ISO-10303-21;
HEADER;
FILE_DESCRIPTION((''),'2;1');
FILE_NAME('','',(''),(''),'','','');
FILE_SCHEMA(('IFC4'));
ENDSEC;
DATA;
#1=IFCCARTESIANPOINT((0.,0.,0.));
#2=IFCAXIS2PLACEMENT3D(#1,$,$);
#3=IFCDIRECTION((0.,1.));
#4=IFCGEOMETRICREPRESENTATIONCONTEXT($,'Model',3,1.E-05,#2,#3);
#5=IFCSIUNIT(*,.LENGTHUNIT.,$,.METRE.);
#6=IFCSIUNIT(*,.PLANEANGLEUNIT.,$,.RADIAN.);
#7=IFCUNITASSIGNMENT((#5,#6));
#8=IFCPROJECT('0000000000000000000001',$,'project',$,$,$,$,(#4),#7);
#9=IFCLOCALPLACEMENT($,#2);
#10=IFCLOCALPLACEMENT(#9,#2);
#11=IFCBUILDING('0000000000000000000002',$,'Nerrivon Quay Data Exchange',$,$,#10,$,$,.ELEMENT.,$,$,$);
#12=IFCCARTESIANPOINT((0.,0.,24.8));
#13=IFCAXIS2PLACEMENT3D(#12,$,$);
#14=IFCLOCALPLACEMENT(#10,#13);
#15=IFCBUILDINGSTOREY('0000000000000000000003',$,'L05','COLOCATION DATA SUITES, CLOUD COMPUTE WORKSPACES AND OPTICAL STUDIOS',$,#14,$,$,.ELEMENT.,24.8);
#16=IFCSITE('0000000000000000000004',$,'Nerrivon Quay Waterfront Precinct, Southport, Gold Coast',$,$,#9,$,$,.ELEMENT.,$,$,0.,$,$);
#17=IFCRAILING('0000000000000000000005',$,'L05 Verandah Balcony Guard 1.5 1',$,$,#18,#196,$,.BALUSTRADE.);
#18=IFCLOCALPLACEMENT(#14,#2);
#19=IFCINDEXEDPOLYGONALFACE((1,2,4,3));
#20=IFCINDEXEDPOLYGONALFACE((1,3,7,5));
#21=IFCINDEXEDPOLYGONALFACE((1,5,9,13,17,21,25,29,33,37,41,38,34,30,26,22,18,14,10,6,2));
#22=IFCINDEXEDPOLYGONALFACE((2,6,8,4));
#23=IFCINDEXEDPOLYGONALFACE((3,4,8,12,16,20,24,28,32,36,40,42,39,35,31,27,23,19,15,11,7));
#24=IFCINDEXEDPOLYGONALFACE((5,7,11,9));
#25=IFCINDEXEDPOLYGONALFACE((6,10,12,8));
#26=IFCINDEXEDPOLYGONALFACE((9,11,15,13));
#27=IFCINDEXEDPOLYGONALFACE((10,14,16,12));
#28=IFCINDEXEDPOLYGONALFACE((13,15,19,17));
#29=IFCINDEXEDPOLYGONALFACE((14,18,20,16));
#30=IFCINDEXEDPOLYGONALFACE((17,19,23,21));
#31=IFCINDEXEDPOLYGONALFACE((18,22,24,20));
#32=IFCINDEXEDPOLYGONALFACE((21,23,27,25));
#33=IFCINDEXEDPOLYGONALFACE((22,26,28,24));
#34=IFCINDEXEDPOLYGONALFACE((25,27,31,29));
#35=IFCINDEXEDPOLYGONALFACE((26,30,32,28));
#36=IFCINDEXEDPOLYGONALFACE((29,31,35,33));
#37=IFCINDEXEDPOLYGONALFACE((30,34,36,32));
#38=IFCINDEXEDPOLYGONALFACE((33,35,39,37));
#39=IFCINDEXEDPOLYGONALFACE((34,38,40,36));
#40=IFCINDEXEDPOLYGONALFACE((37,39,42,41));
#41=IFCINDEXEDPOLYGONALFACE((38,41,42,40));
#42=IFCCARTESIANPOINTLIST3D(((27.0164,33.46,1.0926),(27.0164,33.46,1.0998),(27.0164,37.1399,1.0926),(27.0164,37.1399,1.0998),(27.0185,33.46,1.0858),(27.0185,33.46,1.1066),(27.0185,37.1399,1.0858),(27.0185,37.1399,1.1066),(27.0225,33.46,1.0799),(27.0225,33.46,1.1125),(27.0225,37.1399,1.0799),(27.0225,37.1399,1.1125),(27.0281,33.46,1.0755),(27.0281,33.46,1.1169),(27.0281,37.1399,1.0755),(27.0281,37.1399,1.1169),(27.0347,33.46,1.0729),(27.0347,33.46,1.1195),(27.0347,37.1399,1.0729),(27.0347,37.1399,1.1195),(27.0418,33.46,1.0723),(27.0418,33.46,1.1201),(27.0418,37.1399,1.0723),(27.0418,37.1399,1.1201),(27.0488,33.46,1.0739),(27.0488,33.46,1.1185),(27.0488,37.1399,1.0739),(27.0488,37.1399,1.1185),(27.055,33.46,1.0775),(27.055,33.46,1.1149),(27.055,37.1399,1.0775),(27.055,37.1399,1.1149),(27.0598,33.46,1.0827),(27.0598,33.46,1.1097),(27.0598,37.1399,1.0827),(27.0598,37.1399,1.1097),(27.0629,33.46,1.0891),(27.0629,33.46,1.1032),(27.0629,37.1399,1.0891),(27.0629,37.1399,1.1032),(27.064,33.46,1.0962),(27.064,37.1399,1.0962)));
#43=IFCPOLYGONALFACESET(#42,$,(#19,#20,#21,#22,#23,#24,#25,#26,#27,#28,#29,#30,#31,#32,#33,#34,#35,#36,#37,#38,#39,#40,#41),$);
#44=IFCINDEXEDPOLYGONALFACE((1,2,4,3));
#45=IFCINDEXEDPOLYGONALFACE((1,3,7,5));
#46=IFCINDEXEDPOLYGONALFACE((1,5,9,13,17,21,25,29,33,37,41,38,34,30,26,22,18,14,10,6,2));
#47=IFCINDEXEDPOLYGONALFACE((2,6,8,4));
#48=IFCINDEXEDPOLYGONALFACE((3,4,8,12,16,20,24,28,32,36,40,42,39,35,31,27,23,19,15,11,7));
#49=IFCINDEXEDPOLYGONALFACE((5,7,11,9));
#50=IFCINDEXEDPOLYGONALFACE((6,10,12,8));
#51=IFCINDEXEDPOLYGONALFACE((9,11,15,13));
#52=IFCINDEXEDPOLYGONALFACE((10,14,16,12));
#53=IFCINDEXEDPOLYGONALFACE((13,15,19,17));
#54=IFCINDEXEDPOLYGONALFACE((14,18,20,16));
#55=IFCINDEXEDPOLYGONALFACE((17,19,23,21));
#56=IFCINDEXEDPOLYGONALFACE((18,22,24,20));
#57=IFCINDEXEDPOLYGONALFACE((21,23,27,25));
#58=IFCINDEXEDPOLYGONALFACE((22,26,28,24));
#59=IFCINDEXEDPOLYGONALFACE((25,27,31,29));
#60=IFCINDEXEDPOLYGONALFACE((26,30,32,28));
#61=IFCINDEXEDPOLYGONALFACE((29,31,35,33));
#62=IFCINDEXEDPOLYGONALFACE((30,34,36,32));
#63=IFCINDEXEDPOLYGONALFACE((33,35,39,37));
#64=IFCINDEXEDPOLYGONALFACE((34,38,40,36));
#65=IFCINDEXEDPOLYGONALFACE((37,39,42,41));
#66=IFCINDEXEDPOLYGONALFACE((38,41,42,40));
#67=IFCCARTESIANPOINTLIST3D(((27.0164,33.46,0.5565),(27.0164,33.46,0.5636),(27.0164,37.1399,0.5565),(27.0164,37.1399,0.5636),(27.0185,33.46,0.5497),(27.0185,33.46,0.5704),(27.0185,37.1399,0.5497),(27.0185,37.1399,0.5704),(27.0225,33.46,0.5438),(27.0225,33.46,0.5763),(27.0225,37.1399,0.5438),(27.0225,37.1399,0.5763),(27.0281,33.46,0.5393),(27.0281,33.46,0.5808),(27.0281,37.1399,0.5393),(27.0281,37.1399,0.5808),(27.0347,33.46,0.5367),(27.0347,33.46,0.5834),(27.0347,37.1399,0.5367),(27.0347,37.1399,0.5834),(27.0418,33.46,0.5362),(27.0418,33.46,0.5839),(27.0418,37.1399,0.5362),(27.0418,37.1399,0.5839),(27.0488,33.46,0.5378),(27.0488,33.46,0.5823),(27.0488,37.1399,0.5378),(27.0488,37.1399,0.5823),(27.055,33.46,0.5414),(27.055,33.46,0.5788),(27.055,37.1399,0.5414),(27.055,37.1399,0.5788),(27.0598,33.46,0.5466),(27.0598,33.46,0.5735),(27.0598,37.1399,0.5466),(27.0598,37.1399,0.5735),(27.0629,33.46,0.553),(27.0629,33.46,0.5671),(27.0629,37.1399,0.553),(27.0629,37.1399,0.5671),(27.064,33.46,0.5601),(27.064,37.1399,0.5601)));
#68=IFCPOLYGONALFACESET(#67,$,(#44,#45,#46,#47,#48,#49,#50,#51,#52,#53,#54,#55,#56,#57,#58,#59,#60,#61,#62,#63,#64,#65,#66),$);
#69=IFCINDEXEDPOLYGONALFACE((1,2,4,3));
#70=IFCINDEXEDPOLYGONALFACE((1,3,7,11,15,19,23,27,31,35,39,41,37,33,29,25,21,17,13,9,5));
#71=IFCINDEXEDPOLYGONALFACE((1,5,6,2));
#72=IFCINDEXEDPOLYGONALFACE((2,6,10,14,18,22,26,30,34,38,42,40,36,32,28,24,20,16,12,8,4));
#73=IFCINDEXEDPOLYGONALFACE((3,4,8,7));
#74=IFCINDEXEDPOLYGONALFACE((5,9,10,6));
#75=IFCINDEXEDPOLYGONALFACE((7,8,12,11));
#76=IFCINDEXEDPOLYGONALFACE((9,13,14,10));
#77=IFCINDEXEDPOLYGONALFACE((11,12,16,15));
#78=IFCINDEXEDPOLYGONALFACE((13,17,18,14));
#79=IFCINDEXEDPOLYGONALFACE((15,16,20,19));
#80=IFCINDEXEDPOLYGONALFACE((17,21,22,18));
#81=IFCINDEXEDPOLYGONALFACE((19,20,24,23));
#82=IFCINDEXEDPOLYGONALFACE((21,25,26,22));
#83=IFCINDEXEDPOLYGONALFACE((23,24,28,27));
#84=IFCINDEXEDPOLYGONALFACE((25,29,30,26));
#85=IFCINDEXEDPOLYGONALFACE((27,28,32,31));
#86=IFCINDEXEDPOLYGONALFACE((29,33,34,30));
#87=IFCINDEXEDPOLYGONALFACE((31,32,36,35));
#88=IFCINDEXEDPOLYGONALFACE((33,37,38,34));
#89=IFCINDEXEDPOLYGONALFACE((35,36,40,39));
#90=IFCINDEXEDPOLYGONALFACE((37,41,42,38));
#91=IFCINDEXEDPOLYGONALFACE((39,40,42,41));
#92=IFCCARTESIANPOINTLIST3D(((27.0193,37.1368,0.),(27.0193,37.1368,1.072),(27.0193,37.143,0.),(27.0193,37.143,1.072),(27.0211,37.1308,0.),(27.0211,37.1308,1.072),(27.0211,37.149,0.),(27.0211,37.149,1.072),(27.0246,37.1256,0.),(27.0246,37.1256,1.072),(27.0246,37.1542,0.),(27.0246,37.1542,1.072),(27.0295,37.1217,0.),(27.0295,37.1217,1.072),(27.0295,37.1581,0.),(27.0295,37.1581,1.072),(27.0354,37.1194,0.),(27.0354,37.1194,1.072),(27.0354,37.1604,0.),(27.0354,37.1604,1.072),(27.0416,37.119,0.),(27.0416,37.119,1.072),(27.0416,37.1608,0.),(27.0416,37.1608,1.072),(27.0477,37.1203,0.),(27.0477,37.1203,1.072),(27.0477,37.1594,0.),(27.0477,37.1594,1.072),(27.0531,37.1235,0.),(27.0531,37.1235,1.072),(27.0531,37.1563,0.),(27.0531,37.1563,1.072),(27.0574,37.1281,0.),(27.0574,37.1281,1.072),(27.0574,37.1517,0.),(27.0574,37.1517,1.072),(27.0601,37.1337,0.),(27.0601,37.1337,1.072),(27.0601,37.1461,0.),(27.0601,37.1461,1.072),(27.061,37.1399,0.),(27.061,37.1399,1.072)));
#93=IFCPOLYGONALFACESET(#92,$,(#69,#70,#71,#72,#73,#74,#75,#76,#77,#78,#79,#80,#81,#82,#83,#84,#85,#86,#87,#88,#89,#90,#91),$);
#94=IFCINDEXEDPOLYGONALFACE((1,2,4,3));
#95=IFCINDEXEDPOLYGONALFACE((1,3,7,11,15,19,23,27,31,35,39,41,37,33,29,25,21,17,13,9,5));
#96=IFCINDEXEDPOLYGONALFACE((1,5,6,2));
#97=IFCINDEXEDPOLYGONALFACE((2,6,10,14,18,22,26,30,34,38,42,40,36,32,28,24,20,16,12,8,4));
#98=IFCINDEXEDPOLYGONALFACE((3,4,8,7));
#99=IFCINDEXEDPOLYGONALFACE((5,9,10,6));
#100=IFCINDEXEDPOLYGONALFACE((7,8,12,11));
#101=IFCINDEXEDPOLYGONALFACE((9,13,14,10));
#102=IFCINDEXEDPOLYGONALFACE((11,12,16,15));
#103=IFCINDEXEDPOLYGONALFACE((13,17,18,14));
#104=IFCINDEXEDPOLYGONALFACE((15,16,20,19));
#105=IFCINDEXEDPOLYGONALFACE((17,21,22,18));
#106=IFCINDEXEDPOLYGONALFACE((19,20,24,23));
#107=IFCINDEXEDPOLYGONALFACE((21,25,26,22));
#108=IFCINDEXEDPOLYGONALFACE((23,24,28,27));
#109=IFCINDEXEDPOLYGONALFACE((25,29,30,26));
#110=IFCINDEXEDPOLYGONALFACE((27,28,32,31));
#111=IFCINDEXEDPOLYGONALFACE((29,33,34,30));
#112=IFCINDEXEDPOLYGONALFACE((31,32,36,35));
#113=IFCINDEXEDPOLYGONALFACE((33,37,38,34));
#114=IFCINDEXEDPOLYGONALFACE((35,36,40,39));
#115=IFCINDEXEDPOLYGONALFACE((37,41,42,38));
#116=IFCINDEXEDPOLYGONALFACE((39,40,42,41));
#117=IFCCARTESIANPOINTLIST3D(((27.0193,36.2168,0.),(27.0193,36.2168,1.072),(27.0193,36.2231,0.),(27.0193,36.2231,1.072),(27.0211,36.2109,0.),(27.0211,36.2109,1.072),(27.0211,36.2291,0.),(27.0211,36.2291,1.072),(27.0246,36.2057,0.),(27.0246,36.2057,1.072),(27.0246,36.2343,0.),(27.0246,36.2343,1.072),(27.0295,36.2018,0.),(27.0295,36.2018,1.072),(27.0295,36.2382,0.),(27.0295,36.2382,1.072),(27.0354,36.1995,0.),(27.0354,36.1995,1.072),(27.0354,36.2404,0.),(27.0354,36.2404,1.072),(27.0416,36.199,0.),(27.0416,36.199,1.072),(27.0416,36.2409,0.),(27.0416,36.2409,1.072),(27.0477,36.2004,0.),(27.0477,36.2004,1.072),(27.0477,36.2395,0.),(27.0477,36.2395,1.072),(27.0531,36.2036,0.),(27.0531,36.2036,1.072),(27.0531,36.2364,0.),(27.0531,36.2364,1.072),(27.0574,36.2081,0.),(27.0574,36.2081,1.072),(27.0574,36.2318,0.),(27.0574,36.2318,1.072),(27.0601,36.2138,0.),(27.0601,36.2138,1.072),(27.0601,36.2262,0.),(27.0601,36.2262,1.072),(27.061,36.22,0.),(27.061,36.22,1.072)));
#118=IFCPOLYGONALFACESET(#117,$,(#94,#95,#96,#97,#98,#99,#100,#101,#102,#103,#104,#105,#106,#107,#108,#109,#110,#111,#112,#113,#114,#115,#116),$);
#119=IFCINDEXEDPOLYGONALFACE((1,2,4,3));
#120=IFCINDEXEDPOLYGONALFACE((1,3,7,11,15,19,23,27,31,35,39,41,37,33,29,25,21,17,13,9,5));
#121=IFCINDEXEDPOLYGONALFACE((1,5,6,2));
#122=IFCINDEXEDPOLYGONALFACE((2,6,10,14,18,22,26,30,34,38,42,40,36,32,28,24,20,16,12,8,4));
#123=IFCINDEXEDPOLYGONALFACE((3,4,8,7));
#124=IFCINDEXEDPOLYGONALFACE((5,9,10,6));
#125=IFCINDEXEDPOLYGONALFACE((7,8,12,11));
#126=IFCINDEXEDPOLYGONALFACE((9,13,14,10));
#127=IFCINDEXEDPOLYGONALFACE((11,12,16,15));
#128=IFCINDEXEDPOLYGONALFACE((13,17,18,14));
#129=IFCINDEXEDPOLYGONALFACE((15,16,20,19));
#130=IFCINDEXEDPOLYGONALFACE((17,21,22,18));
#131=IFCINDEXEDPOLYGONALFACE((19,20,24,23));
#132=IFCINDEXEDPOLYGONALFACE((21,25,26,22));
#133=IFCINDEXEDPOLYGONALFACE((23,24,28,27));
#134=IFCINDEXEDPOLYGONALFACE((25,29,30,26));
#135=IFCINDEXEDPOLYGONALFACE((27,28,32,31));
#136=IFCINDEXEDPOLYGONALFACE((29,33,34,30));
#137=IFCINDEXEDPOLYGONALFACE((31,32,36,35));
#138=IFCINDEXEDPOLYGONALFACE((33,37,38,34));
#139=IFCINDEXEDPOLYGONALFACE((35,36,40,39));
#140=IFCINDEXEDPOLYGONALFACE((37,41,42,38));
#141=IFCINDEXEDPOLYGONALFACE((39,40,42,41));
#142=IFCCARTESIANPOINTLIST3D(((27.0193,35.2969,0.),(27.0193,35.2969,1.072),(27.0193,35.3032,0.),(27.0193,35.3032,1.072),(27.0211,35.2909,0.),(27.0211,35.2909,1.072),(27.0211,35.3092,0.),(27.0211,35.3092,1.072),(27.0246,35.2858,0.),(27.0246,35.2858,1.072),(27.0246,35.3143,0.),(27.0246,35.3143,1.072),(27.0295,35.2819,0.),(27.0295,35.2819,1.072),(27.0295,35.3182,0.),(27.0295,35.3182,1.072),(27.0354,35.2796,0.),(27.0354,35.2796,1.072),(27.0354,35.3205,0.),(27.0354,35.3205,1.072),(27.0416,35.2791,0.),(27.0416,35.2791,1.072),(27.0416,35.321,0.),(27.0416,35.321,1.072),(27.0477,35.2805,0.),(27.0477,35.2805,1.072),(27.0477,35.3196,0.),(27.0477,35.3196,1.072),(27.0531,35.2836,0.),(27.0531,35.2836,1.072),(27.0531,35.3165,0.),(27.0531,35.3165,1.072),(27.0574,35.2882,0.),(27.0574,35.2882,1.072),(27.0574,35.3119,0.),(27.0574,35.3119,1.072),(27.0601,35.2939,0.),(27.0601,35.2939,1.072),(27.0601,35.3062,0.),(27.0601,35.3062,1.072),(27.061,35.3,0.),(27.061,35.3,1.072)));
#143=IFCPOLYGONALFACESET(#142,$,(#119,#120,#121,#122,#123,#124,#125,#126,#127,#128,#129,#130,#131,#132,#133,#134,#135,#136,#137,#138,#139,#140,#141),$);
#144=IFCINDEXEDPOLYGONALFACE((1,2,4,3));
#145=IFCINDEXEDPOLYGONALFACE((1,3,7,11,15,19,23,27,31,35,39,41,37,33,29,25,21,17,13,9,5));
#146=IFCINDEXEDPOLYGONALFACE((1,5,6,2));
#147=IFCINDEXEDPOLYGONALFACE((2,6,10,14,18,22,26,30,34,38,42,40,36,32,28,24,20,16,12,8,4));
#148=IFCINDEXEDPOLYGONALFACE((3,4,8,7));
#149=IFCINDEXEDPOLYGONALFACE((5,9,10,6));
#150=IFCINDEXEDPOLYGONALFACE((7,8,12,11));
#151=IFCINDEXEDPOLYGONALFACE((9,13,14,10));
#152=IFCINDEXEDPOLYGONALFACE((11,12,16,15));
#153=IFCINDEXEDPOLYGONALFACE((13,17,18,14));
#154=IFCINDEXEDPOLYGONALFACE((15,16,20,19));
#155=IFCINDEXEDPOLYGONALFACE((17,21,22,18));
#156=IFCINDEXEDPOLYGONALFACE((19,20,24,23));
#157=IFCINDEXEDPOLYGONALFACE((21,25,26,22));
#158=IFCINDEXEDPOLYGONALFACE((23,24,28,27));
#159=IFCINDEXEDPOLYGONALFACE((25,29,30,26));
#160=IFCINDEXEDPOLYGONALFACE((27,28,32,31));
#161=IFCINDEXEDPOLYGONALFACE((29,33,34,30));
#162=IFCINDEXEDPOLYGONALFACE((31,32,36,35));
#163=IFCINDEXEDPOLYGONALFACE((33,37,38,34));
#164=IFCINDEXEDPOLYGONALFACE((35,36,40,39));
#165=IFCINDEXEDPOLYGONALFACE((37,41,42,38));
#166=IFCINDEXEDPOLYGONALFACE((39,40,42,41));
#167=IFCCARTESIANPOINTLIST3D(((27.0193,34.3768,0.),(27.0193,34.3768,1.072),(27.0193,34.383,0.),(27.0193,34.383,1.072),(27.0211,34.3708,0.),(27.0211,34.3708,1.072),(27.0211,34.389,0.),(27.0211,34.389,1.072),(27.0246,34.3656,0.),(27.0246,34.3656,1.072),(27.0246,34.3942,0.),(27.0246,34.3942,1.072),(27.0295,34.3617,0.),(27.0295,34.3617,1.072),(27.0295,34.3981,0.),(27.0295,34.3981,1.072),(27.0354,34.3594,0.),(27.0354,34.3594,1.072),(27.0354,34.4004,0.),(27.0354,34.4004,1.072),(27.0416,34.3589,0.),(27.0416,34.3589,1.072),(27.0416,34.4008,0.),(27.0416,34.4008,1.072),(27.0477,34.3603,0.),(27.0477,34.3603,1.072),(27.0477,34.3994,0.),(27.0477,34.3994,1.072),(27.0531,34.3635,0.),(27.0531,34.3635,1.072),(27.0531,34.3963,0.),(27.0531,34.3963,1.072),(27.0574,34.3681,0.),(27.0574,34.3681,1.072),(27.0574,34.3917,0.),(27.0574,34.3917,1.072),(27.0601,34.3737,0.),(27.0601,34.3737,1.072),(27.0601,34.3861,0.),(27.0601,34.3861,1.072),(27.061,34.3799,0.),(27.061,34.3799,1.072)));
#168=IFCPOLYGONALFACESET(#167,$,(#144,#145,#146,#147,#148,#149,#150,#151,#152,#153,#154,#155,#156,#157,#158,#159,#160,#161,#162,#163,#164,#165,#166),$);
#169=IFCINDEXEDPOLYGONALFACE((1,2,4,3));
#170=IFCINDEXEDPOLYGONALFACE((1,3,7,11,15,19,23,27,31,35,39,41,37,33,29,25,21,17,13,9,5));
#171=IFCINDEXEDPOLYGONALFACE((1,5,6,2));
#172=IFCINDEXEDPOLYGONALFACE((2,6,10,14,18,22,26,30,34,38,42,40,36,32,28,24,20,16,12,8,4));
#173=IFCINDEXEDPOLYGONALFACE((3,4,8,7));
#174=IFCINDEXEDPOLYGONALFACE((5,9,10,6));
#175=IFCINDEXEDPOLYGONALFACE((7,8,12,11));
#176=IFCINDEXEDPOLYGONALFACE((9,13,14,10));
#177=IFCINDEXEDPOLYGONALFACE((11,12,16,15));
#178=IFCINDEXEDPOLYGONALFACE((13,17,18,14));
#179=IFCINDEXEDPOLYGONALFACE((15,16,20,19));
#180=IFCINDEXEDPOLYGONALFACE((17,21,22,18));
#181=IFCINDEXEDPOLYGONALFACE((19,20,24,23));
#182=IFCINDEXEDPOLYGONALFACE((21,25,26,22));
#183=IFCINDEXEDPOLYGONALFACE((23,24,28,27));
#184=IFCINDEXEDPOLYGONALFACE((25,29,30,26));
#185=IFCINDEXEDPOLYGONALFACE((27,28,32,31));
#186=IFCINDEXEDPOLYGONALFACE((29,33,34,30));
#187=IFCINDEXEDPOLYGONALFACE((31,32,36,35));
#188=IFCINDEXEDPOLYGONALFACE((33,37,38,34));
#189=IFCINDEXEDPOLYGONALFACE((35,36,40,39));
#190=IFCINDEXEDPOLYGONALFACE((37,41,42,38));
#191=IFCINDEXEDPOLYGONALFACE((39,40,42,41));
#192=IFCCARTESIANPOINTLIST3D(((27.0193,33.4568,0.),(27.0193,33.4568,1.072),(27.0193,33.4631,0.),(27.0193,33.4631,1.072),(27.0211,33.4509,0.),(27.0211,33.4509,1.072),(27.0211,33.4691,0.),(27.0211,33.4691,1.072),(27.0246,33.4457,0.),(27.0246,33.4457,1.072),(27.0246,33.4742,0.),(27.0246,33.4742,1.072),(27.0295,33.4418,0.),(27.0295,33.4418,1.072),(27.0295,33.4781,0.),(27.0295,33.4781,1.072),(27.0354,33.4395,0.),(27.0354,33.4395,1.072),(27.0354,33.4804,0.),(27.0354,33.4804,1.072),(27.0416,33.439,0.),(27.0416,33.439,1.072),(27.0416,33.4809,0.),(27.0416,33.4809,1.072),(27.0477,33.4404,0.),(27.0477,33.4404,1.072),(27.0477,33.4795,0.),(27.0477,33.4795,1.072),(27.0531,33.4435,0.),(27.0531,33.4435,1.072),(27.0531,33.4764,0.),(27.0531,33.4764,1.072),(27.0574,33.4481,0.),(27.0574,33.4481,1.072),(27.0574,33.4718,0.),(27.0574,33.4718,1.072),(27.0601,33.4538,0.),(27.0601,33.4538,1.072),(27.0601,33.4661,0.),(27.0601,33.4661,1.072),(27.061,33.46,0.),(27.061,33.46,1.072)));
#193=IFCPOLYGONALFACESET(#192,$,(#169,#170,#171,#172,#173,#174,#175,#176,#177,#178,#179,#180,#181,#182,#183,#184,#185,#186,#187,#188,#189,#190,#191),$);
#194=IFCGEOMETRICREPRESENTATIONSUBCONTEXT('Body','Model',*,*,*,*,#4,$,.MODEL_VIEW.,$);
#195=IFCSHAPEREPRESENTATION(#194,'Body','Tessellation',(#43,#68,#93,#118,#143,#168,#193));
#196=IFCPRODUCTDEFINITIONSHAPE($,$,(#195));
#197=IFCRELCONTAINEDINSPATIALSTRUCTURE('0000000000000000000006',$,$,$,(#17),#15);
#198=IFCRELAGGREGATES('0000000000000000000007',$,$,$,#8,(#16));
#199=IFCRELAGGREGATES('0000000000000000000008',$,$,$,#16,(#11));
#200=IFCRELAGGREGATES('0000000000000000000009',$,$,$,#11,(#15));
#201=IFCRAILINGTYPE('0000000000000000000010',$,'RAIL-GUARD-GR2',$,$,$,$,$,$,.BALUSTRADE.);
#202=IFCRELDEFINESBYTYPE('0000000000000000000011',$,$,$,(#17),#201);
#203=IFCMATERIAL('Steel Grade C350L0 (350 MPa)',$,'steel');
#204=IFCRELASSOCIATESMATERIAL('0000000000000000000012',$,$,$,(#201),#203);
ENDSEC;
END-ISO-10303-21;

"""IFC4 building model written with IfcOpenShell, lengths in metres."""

from ifc_helpers import new_model, si_unit, direction, frame, origin, origin_2d, place, context, subcontext, project, spatial, circle, extrude, material, type_object, element, save


model = new_model("IFC4")

# Units and contexts
model_context = context("Model", 3, precision=1e-05, world=origin(), true_north=direction((0.0, 1.0)))
body_context = subcontext(model_context, "Body", "Model", "MODEL_VIEW")
ifc_project = project(units=[si_unit("LENGTHUNIT", "METRE"), si_unit("PLANEANGLEUNIT", "RADIAN")], contexts=[model_context])

# Site, building, storey
site_placement = place(None, origin())
site = spatial("IfcSite", under=ifc_project, at=site_placement, Name="Nerrivon Quay Waterfront Precinct, Southport, Gold Coast", CompositionType="ELEMENT", RefElevation=0.0)
building_placement = place(site_placement, origin())
building = spatial("IfcBuilding", under=site, at=building_placement, Name="Nerrivon Quay Data Exchange", CompositionType="ELEMENT")
storey_placement = place(building_placement, frame((0.0, 0.0, 24.8)))
storey = spatial("IfcBuildingStorey", under=building, at=storey_placement, Name="L05", Description="COLOCATION DATA SUITES, CLOUD COMPUTE WORKSPACES AND OPTICAL STUDIOS", CompositionType="ELEMENT", Elevation=24.8)

# Railing
ifc_material_1 = material(Name="Steel Grade C350L0 (350 MPa)", Category="steel")
railing_type = type_object("IfcRailingType", Name="RAIL-GUARD-GR2", PredefinedType="BALUSTRADE", material=ifc_material_1)
railing_1_placement = place(storey_placement, frame((27.04, 37.1399, 0.0)))
element("IfcRailing", 1, at=railing_1_placement, inside=storey, type_object=railing_type, Name="L05 Verandah Balcony Guard 1.5 1", PredefinedType="BALUSTRADE", context=body_context, shape_type="SweptSolid", body=[
    extrude(circle(Radius=0.0239, at=origin_2d()), frame((0.0, 0.0, 1.0962), z_axis=(0.0, -1.0, 0.0), x_axis=(1.0, 0.0, 0.0)), (0.0, 0.0, 1.0), 3.6799),
    extrude(circle(Radius=0.0239, at=origin_2d()), frame((0.0, 0.0, 0.5601), z_axis=(0.0, -1.0, 0.0), x_axis=(1.0, 0.0, 0.0)), (0.0, 0.0, 1.0), 3.6799),
    extrude(circle(Radius=0.021, at=origin_2d()), origin(), (0.0, 0.0, 1.0), 1.072),
    extrude(circle(Radius=0.021, at=origin_2d()), frame((0.0, -0.9199, 0.0)), (0.0, 0.0, 1.0), 1.072),
    extrude(circle(Radius=0.021, at=origin_2d()), frame((0.0, -1.8398, 0.0)), (0.0, 0.0, 1.0), 1.072),
    extrude(circle(Radius=0.021, at=origin_2d()), frame((0.0, -2.76, 0.0)), (0.0, 0.0, 1.0), 1.072),
    extrude(circle(Radius=0.021, at=origin_2d()), frame((0.0, -3.6799, 0.0)), (0.0, 0.0, 1.0), 1.072),
])

save(model, "model.ifc")
